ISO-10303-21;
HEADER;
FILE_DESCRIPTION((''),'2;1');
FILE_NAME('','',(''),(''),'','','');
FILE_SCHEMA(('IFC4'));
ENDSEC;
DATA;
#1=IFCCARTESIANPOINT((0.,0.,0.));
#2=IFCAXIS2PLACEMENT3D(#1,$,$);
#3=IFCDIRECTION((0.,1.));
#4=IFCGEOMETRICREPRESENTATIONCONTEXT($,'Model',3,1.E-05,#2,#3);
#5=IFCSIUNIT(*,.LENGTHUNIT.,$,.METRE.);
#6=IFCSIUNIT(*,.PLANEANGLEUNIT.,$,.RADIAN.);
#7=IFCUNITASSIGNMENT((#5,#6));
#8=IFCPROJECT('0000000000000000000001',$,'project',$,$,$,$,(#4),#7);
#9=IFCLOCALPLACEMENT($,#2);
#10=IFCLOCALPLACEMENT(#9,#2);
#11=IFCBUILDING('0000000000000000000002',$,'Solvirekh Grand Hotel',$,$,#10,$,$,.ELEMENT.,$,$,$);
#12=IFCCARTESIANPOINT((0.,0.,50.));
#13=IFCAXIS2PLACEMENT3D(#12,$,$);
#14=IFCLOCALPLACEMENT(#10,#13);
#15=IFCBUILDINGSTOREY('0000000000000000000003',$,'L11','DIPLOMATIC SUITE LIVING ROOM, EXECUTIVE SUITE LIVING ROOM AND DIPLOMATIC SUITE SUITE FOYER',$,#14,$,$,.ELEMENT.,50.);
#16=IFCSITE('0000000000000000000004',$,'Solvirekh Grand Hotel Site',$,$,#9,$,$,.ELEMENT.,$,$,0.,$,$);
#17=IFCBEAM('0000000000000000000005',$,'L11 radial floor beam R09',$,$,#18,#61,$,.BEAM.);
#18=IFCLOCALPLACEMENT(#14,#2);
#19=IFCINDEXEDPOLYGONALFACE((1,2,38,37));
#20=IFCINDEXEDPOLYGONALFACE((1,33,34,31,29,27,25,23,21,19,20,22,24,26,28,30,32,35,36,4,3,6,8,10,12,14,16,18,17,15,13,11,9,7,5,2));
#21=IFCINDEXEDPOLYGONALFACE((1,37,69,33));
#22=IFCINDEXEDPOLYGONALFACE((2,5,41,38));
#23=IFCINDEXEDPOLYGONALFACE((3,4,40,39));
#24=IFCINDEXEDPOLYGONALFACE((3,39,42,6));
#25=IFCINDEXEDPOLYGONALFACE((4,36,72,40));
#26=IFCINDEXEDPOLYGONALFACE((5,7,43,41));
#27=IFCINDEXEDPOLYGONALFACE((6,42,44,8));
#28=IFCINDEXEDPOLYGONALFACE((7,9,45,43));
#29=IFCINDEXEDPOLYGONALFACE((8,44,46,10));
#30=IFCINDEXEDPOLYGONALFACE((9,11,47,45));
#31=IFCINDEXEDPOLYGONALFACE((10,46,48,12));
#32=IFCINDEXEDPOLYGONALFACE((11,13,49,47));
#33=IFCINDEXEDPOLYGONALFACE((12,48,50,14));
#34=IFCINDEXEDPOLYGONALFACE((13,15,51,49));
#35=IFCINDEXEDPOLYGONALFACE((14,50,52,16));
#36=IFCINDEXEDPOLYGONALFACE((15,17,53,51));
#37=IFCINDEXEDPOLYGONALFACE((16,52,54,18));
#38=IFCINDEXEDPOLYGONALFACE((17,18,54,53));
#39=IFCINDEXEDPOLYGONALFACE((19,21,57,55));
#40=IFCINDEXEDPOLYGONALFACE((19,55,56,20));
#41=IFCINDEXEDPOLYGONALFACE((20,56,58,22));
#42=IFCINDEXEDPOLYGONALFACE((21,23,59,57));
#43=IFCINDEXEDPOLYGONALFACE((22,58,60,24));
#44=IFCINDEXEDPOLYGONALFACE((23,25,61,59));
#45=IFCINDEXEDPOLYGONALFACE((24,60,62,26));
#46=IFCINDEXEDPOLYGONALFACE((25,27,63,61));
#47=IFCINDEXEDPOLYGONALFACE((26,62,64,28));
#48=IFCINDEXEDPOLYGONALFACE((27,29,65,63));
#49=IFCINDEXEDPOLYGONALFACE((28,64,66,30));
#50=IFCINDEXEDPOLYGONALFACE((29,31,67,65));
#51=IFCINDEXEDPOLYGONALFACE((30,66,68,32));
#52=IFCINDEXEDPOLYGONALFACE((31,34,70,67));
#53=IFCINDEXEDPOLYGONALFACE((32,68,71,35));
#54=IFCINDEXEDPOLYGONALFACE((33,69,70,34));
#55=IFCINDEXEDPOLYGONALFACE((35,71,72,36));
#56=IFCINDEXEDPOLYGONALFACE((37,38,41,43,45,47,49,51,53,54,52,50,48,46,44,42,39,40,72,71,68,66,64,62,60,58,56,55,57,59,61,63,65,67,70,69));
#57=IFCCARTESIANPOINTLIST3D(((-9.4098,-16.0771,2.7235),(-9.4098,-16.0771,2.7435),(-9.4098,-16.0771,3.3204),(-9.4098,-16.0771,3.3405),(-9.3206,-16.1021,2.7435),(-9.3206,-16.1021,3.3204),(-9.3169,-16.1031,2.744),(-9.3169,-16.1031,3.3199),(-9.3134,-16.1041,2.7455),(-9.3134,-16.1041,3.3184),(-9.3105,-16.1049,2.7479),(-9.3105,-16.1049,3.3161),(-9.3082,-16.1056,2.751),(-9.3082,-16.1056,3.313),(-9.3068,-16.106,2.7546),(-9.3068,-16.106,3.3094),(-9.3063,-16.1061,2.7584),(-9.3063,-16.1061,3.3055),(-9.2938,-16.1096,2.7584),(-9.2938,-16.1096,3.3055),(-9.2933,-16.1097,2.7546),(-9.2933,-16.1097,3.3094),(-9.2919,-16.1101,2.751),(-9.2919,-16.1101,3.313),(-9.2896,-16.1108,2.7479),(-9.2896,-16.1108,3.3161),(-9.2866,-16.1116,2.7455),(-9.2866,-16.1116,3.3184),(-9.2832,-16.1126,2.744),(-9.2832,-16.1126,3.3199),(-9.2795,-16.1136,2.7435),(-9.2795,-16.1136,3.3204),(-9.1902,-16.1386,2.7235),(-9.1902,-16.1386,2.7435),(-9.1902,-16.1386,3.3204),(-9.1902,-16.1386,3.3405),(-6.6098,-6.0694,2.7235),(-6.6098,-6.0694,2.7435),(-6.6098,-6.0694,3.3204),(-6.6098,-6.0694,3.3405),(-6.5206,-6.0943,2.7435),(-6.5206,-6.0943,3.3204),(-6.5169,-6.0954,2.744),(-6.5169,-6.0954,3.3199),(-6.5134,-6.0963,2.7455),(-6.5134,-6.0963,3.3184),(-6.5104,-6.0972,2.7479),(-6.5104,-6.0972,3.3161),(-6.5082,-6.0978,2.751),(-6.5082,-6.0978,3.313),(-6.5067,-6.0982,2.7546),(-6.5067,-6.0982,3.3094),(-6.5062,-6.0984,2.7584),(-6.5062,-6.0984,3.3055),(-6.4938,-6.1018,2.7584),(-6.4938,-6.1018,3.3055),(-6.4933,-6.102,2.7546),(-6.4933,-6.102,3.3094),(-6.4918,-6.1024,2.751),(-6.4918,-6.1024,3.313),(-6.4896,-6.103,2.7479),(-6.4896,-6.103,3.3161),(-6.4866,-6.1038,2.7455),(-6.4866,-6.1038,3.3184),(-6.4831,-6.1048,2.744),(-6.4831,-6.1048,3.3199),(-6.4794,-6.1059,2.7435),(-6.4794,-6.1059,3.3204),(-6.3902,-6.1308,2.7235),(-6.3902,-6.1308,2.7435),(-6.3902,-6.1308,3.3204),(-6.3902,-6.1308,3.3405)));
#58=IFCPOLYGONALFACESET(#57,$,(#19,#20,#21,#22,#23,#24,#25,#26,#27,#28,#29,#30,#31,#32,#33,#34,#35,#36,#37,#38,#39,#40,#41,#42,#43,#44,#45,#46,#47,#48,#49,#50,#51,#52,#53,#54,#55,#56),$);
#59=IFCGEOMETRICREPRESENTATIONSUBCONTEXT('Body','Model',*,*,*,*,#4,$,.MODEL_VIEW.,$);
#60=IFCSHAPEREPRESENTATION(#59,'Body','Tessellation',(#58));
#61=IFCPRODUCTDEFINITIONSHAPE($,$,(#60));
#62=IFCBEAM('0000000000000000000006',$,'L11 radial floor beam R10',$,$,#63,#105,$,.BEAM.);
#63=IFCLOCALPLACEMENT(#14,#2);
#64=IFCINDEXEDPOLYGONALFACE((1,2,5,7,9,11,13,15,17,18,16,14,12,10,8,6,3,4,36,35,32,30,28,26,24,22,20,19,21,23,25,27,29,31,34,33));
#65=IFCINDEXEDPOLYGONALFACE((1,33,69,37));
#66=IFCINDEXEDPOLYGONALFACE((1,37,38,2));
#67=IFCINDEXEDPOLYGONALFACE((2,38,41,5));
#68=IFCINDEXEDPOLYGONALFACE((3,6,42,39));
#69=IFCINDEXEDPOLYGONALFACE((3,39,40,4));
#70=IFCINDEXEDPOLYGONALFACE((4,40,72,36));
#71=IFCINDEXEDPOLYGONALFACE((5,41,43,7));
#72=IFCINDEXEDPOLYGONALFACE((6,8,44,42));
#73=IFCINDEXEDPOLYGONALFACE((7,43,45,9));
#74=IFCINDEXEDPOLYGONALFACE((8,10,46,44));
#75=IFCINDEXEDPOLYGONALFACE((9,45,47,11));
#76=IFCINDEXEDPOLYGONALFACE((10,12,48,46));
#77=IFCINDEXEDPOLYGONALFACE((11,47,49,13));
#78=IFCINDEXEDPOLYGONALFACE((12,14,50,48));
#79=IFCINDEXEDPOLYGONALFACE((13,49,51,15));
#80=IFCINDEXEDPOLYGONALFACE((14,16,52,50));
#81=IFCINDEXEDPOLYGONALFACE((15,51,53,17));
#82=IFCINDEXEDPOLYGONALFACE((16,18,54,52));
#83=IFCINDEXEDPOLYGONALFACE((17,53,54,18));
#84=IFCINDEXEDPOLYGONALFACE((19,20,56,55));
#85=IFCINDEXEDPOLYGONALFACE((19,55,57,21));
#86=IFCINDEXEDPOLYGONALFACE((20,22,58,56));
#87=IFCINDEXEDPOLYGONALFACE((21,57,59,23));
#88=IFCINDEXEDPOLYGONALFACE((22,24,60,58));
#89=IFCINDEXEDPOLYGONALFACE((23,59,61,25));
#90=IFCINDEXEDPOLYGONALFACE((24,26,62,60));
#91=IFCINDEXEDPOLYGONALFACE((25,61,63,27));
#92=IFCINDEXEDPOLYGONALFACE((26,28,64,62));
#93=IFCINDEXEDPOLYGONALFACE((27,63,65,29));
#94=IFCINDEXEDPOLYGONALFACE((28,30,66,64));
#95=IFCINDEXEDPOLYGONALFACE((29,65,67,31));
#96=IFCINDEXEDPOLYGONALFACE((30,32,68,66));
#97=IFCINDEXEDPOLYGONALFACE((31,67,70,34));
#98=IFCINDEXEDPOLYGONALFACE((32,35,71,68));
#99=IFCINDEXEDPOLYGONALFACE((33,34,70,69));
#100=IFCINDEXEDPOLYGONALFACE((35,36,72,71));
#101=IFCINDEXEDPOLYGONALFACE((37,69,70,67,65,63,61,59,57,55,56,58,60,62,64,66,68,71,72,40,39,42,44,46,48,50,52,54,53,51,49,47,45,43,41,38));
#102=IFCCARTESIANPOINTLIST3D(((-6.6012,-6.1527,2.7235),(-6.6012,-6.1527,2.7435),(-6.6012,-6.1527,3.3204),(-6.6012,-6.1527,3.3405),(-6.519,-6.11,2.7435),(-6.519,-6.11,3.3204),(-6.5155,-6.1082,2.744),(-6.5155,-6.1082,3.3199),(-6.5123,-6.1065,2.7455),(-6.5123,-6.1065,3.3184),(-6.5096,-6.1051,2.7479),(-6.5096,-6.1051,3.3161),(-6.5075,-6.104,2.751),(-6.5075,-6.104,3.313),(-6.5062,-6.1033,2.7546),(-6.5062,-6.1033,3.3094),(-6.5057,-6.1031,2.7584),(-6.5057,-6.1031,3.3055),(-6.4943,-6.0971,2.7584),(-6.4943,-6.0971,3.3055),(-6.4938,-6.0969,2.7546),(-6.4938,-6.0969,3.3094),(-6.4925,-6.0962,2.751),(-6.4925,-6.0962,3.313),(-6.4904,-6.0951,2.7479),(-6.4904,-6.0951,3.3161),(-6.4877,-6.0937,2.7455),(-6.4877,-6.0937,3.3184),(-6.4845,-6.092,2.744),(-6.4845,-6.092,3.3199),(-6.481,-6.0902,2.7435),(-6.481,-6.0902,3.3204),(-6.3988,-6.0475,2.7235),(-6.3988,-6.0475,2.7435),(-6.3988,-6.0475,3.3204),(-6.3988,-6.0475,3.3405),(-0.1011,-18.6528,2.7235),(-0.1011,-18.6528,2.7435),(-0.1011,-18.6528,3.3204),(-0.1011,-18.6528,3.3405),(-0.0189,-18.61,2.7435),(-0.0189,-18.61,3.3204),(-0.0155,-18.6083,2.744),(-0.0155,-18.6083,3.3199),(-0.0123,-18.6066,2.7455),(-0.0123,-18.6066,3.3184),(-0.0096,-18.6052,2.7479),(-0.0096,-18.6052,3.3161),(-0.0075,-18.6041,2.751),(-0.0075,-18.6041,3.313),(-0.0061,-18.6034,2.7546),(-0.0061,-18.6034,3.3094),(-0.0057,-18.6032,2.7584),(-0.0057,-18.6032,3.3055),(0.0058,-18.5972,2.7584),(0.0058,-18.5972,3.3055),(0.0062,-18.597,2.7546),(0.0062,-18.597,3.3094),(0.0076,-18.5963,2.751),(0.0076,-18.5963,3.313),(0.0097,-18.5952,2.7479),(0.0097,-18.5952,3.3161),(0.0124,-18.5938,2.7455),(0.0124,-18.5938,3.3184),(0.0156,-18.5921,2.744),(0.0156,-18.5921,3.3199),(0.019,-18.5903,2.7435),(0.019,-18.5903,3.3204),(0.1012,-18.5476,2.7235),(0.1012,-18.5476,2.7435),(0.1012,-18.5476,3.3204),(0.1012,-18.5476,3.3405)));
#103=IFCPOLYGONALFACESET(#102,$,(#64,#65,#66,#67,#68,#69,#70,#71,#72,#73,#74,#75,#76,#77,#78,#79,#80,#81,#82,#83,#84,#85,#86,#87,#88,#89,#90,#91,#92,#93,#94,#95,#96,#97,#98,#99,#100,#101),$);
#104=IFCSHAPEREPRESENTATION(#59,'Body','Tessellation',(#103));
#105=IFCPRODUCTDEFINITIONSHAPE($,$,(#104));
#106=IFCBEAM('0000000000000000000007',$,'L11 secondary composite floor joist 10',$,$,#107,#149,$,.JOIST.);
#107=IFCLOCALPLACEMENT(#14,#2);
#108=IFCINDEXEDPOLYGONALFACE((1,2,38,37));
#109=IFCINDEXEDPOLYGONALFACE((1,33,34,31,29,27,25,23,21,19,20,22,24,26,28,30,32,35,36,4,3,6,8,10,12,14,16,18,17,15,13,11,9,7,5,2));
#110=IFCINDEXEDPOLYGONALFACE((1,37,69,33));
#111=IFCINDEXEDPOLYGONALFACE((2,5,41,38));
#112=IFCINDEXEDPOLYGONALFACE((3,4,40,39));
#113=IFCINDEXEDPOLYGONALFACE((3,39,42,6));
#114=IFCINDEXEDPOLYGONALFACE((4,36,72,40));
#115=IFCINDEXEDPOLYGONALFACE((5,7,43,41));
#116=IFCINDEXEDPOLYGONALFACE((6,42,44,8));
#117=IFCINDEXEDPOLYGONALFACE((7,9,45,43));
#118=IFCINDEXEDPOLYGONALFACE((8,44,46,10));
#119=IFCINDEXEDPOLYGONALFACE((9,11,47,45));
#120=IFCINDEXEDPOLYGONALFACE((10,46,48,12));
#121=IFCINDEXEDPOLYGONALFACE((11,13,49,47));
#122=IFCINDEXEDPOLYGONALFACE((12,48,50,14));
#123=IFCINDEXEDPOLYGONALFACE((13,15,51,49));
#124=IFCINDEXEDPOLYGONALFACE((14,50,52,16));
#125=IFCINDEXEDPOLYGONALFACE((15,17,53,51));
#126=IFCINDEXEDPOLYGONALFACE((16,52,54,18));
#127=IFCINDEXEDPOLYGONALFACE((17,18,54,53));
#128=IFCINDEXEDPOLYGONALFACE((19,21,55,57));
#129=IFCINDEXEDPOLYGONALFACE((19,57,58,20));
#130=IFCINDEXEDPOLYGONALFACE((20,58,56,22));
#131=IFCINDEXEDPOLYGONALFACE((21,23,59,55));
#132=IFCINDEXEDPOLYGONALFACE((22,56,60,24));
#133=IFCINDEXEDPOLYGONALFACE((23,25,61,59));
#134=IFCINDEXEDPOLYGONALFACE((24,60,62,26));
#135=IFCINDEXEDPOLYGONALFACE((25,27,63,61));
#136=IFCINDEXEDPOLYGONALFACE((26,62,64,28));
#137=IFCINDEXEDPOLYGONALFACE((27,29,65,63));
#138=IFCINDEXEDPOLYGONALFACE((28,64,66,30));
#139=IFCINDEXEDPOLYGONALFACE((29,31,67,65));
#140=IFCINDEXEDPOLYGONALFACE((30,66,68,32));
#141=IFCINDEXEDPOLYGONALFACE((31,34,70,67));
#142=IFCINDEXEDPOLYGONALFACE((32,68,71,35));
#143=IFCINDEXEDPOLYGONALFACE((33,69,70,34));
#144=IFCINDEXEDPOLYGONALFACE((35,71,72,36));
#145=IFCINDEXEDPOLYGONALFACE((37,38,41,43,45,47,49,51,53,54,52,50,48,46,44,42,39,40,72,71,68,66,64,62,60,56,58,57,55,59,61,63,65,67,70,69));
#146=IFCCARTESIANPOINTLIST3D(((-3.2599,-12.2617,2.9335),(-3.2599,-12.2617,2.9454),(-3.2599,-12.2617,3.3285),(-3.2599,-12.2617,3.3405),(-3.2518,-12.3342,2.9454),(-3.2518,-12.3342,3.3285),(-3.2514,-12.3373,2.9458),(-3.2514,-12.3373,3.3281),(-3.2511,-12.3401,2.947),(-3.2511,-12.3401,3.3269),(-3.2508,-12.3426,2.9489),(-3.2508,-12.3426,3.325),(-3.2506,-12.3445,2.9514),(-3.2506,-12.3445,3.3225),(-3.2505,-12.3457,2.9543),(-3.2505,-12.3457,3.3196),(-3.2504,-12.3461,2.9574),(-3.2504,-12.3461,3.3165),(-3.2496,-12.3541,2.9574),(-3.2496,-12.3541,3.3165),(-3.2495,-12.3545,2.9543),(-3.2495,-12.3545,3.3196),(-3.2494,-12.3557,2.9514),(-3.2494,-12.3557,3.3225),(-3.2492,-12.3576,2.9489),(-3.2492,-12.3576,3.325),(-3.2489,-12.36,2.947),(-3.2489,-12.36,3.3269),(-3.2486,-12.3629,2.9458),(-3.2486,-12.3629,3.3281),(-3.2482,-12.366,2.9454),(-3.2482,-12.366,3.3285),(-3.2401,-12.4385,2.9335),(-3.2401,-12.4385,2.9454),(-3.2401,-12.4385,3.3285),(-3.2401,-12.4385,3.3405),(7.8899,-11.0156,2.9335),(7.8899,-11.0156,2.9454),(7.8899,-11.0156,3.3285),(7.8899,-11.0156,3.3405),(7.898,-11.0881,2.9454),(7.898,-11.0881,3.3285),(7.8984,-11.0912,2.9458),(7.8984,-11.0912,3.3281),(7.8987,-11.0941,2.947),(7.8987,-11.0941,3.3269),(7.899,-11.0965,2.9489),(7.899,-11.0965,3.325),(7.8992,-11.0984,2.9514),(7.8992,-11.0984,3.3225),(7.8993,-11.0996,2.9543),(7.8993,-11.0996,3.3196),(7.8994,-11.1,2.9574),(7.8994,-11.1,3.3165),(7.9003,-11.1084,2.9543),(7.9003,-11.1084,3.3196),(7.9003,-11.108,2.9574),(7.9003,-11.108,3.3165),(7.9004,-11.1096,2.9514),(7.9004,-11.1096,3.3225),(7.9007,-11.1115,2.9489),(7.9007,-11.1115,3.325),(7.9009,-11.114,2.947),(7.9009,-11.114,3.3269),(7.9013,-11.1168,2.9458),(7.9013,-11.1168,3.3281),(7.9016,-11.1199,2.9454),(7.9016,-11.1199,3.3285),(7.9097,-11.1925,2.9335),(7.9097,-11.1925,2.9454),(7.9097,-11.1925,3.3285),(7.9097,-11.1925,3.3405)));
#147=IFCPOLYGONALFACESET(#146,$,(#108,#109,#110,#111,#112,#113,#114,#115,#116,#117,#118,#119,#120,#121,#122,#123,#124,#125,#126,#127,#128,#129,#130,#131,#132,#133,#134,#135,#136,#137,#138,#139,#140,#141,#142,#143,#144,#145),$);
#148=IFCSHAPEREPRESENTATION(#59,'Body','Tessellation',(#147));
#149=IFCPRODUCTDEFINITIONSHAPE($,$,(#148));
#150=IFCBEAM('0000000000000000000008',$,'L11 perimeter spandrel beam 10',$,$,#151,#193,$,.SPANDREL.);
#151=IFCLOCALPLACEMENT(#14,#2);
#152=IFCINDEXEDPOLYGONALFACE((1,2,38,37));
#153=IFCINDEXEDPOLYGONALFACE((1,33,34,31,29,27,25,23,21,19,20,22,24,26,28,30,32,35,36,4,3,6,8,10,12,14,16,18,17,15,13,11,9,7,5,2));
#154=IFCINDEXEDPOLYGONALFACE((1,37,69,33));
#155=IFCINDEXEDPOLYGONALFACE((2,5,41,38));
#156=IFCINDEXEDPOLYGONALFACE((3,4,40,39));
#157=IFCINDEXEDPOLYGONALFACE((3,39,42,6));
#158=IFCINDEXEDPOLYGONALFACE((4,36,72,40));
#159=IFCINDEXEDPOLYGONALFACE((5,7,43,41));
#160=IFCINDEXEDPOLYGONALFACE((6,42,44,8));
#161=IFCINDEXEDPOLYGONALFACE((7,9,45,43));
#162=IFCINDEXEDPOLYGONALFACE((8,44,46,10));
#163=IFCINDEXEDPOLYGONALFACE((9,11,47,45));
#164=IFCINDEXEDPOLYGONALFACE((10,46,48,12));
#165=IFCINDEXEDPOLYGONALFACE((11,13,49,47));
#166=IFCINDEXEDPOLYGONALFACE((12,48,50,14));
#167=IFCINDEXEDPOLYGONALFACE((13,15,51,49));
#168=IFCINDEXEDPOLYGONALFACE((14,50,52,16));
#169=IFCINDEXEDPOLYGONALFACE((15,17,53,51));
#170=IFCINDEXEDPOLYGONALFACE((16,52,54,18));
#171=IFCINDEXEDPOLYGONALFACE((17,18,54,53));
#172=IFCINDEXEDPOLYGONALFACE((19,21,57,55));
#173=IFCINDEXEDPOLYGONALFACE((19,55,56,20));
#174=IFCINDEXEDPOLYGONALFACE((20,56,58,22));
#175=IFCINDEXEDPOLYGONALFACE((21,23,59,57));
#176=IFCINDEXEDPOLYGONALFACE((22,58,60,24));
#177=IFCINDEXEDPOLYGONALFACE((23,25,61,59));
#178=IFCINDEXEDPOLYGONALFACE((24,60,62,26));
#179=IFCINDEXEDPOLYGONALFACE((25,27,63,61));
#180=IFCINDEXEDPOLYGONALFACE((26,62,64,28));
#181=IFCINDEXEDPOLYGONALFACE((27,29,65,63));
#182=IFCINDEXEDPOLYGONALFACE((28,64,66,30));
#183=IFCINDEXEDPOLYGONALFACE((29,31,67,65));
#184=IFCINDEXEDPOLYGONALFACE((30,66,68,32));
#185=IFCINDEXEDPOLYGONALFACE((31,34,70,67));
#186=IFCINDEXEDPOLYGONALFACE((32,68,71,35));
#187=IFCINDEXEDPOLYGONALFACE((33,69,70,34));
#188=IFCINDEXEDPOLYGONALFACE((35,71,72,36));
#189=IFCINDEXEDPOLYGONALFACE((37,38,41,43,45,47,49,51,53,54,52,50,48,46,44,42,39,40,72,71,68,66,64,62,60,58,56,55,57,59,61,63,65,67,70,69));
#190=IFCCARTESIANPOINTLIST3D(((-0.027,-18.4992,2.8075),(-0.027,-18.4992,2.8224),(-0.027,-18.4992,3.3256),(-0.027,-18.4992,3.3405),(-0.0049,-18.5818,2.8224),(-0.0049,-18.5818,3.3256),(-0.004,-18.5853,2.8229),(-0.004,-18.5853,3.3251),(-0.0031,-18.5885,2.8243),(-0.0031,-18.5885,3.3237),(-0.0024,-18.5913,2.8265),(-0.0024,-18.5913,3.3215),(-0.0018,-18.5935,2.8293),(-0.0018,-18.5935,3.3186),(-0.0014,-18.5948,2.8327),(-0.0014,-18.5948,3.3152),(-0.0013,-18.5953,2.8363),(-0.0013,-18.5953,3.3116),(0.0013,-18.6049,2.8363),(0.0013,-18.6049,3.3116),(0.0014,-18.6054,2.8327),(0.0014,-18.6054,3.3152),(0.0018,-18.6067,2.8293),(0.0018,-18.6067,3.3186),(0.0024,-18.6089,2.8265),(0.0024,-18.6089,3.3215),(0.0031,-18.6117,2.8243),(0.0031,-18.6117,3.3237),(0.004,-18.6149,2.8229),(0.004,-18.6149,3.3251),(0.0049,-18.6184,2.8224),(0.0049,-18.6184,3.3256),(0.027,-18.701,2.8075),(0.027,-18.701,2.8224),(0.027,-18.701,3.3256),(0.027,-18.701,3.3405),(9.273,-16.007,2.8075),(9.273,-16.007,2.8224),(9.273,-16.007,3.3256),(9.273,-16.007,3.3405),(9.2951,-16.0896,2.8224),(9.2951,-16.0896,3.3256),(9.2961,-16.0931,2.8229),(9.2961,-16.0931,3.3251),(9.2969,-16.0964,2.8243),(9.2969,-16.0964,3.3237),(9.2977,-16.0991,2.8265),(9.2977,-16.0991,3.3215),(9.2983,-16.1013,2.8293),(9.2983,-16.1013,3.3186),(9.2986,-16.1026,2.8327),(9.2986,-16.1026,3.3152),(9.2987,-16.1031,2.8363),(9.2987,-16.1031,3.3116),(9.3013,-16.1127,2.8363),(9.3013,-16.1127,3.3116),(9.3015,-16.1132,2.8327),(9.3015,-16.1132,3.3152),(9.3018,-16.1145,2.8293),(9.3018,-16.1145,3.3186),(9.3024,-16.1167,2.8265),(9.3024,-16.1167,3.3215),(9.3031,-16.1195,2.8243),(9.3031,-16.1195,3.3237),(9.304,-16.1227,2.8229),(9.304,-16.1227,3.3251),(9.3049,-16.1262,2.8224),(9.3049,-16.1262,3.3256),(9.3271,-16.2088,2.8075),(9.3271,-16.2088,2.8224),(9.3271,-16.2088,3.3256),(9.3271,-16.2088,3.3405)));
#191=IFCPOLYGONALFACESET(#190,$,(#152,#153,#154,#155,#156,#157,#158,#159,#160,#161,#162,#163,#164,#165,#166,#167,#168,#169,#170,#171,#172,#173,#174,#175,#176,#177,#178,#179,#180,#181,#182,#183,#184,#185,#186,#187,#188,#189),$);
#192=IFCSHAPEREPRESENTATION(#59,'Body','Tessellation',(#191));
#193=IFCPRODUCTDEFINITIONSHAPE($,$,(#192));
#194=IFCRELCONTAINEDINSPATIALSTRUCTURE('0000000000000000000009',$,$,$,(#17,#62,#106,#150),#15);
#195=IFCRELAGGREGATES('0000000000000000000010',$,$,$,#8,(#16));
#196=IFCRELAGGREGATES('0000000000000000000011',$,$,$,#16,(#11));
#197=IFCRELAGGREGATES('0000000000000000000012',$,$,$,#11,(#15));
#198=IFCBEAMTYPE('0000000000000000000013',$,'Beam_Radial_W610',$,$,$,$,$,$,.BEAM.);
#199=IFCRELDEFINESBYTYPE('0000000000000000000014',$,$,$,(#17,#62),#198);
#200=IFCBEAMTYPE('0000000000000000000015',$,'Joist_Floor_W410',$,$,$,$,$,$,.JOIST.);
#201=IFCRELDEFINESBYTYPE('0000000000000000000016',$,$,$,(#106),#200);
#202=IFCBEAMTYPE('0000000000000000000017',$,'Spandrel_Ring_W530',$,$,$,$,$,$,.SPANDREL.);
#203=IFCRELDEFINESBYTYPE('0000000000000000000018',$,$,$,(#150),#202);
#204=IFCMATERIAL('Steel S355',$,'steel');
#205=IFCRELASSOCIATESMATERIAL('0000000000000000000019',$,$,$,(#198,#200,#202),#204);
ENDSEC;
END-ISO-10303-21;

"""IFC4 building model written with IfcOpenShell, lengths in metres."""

from ifc_helpers import new_model, si_unit, direction, frame, origin, origin_2d, place, context, subcontext, project, spatial, i_section, extrude, material, material_profile, profile_set, type_object, element, save


model = new_model("IFC4")

# Units and contexts
model_context = context("Model", 3, precision=1e-05, world=origin(), true_north=direction((0.0, 1.0)))
body_context = subcontext(model_context, "Body", "Model", "MODEL_VIEW")
ifc_project = project(units=[si_unit("LENGTHUNIT", "METRE"), si_unit("PLANEANGLEUNIT", "RADIAN")], contexts=[model_context])

# Site, building, storey
site_placement = place(None, origin())
site = spatial("IfcSite", under=ifc_project, at=site_placement, Name="Solvirekh Grand Hotel Site", CompositionType="ELEMENT", RefElevation=0.0)
building_placement = place(site_placement, origin())
building = spatial("IfcBuilding", under=site, at=building_placement, Name="Solvirekh Grand Hotel", CompositionType="ELEMENT")
storey_placement = place(building_placement, frame((0.0, 0.0, 50.0)))
storey = spatial("IfcBuildingStorey", under=building, at=storey_placement, Name="L11", Description="DIPLOMATIC SUITE LIVING ROOM, EXECUTIVE SUITE LIVING ROOM AND DIPLOMATIC SUITE SUITE FOYER", CompositionType="ELEMENT", Elevation=50.0)

# Beams
ifc_material_1 = material(Name="Steel S355", Category="steel")
ifc_material_profile_1 = material_profile(ifc_material_1, i_section(OverallWidth=0.228, OverallDepth=0.6169, WebThickness=0.0129, FlangeThickness=0.02, FilletRadius=0.0149, at=origin_2d()), Name="W610X140")
ifc_profile_set_1 = profile_set([ifc_material_profile_1], Name="Steel S355")
beam_type_1 = type_object("IfcBeamType", Name="Beam_Radial_W610", PredefinedType="BEAM", material=ifc_profile_set_1)
beam_1_placement = place(storey_placement, frame((-6.5, -6.1001, 3.032), z_axis=(-0.269439, -0.963017, 0.0), x_axis=(0.963017, -0.269439, 0.0)))
element("IfcBeam", 1, at=beam_1_placement, inside=storey, type_object=beam_type_1, Name="L11 radial floor beam R09", PredefinedType="BEAM", context=body_context, shape_type="SweptSolid", body=[
    extrude(i_section(OverallWidth=0.228, OverallDepth=0.6169, WebThickness=0.0129, FlangeThickness=0.02, FilletRadius=0.0149, at=origin_2d()), origin(), (0.0, 0.0, 1.0), 10.3921),
])
beam_2_placement = place(storey_placement, frame((-6.5, -6.1001, 3.032), z_axis=(0.461353, -0.887217, 0.0), x_axis=(0.887217, 0.461353, 0.0)))
element("IfcBeam", 2, at=beam_2_placement, inside=storey, type_object=beam_type_1, Name="L11 radial floor beam R10", PredefinedType="BEAM", context=body_context, shape_type="SweptSolid", body=[
    extrude(i_section(OverallWidth=0.228, OverallDepth=0.6169, WebThickness=0.0129, FlangeThickness=0.02, FilletRadius=0.0149, at=origin_2d()), origin(), (0.0, 0.0, 1.0), 14.0891),
])
ifc_material_profile_2 = material_profile(ifc_material_1, i_section(OverallWidth=0.178, OverallDepth=0.407, WebThickness=0.0081, FlangeThickness=0.012, FilletRadius=0.012, at=origin_2d()), Name="W410X60")
ifc_profile_set_2 = profile_set([ifc_material_profile_2], Name="Steel S355")
beam_type_2 = type_object("IfcBeamType", Name="Joist_Floor_W410", PredefinedType="JOIST", material=ifc_profile_set_2)
beam_3_placement = place(storey_placement, frame((-3.25, -12.3501, 3.137), z_axis=(0.993813, 0.111067, 0.0), x_axis=(-0.111067, 0.993813, 0.0)))
element("IfcBeam", 3, at=beam_3_placement, inside=storey, type_object=beam_type_2, Name="L11 secondary composite floor joist 10", PredefinedType="JOIST", context=body_context, shape_type="SweptSolid", body=[
    extrude(i_section(OverallWidth=0.178, OverallDepth=0.407, WebThickness=0.0081, FlangeThickness=0.012, FilletRadius=0.012, at=origin_2d()), origin(), (0.0, 0.0, 1.0), 11.2192),
])
ifc_material_profile_3 = material_profile(ifc_material_1, i_section(OverallWidth=0.209, OverallDepth=0.533, WebThickness=0.01, FlangeThickness=0.0149, FilletRadius=0.0139, at=origin_2d()), Name="W530X92")
ifc_profile_set_3 = profile_set([ifc_material_profile_3], Name="Steel S355")
beam_type_3 = type_object("IfcBeamType", Name="Spandrel_Ring_W530", PredefinedType="SPANDREL", material=ifc_profile_set_3)
beam_4_placement = place(storey_placement, frame((0.0, -18.6001, 3.074), z_axis=(0.965919, 0.258843, 0.0), x_axis=(-0.258843, 0.965919, 0.0)))
element("IfcBeam", 4, at=beam_4_placement, inside=storey, type_object=beam_type_3, Name="L11 perimeter spandrel beam 10", PredefinedType="SPANDREL", context=body_context, shape_type="SweptSolid", body=[
    extrude(i_section(OverallWidth=0.209, OverallDepth=0.533, WebThickness=0.01, FlangeThickness=0.0149, FilletRadius=0.0139, at=origin_2d()), origin(), (0.0, 0.0, 1.0), 9.6282),
])

save(model, "model.ifc")
